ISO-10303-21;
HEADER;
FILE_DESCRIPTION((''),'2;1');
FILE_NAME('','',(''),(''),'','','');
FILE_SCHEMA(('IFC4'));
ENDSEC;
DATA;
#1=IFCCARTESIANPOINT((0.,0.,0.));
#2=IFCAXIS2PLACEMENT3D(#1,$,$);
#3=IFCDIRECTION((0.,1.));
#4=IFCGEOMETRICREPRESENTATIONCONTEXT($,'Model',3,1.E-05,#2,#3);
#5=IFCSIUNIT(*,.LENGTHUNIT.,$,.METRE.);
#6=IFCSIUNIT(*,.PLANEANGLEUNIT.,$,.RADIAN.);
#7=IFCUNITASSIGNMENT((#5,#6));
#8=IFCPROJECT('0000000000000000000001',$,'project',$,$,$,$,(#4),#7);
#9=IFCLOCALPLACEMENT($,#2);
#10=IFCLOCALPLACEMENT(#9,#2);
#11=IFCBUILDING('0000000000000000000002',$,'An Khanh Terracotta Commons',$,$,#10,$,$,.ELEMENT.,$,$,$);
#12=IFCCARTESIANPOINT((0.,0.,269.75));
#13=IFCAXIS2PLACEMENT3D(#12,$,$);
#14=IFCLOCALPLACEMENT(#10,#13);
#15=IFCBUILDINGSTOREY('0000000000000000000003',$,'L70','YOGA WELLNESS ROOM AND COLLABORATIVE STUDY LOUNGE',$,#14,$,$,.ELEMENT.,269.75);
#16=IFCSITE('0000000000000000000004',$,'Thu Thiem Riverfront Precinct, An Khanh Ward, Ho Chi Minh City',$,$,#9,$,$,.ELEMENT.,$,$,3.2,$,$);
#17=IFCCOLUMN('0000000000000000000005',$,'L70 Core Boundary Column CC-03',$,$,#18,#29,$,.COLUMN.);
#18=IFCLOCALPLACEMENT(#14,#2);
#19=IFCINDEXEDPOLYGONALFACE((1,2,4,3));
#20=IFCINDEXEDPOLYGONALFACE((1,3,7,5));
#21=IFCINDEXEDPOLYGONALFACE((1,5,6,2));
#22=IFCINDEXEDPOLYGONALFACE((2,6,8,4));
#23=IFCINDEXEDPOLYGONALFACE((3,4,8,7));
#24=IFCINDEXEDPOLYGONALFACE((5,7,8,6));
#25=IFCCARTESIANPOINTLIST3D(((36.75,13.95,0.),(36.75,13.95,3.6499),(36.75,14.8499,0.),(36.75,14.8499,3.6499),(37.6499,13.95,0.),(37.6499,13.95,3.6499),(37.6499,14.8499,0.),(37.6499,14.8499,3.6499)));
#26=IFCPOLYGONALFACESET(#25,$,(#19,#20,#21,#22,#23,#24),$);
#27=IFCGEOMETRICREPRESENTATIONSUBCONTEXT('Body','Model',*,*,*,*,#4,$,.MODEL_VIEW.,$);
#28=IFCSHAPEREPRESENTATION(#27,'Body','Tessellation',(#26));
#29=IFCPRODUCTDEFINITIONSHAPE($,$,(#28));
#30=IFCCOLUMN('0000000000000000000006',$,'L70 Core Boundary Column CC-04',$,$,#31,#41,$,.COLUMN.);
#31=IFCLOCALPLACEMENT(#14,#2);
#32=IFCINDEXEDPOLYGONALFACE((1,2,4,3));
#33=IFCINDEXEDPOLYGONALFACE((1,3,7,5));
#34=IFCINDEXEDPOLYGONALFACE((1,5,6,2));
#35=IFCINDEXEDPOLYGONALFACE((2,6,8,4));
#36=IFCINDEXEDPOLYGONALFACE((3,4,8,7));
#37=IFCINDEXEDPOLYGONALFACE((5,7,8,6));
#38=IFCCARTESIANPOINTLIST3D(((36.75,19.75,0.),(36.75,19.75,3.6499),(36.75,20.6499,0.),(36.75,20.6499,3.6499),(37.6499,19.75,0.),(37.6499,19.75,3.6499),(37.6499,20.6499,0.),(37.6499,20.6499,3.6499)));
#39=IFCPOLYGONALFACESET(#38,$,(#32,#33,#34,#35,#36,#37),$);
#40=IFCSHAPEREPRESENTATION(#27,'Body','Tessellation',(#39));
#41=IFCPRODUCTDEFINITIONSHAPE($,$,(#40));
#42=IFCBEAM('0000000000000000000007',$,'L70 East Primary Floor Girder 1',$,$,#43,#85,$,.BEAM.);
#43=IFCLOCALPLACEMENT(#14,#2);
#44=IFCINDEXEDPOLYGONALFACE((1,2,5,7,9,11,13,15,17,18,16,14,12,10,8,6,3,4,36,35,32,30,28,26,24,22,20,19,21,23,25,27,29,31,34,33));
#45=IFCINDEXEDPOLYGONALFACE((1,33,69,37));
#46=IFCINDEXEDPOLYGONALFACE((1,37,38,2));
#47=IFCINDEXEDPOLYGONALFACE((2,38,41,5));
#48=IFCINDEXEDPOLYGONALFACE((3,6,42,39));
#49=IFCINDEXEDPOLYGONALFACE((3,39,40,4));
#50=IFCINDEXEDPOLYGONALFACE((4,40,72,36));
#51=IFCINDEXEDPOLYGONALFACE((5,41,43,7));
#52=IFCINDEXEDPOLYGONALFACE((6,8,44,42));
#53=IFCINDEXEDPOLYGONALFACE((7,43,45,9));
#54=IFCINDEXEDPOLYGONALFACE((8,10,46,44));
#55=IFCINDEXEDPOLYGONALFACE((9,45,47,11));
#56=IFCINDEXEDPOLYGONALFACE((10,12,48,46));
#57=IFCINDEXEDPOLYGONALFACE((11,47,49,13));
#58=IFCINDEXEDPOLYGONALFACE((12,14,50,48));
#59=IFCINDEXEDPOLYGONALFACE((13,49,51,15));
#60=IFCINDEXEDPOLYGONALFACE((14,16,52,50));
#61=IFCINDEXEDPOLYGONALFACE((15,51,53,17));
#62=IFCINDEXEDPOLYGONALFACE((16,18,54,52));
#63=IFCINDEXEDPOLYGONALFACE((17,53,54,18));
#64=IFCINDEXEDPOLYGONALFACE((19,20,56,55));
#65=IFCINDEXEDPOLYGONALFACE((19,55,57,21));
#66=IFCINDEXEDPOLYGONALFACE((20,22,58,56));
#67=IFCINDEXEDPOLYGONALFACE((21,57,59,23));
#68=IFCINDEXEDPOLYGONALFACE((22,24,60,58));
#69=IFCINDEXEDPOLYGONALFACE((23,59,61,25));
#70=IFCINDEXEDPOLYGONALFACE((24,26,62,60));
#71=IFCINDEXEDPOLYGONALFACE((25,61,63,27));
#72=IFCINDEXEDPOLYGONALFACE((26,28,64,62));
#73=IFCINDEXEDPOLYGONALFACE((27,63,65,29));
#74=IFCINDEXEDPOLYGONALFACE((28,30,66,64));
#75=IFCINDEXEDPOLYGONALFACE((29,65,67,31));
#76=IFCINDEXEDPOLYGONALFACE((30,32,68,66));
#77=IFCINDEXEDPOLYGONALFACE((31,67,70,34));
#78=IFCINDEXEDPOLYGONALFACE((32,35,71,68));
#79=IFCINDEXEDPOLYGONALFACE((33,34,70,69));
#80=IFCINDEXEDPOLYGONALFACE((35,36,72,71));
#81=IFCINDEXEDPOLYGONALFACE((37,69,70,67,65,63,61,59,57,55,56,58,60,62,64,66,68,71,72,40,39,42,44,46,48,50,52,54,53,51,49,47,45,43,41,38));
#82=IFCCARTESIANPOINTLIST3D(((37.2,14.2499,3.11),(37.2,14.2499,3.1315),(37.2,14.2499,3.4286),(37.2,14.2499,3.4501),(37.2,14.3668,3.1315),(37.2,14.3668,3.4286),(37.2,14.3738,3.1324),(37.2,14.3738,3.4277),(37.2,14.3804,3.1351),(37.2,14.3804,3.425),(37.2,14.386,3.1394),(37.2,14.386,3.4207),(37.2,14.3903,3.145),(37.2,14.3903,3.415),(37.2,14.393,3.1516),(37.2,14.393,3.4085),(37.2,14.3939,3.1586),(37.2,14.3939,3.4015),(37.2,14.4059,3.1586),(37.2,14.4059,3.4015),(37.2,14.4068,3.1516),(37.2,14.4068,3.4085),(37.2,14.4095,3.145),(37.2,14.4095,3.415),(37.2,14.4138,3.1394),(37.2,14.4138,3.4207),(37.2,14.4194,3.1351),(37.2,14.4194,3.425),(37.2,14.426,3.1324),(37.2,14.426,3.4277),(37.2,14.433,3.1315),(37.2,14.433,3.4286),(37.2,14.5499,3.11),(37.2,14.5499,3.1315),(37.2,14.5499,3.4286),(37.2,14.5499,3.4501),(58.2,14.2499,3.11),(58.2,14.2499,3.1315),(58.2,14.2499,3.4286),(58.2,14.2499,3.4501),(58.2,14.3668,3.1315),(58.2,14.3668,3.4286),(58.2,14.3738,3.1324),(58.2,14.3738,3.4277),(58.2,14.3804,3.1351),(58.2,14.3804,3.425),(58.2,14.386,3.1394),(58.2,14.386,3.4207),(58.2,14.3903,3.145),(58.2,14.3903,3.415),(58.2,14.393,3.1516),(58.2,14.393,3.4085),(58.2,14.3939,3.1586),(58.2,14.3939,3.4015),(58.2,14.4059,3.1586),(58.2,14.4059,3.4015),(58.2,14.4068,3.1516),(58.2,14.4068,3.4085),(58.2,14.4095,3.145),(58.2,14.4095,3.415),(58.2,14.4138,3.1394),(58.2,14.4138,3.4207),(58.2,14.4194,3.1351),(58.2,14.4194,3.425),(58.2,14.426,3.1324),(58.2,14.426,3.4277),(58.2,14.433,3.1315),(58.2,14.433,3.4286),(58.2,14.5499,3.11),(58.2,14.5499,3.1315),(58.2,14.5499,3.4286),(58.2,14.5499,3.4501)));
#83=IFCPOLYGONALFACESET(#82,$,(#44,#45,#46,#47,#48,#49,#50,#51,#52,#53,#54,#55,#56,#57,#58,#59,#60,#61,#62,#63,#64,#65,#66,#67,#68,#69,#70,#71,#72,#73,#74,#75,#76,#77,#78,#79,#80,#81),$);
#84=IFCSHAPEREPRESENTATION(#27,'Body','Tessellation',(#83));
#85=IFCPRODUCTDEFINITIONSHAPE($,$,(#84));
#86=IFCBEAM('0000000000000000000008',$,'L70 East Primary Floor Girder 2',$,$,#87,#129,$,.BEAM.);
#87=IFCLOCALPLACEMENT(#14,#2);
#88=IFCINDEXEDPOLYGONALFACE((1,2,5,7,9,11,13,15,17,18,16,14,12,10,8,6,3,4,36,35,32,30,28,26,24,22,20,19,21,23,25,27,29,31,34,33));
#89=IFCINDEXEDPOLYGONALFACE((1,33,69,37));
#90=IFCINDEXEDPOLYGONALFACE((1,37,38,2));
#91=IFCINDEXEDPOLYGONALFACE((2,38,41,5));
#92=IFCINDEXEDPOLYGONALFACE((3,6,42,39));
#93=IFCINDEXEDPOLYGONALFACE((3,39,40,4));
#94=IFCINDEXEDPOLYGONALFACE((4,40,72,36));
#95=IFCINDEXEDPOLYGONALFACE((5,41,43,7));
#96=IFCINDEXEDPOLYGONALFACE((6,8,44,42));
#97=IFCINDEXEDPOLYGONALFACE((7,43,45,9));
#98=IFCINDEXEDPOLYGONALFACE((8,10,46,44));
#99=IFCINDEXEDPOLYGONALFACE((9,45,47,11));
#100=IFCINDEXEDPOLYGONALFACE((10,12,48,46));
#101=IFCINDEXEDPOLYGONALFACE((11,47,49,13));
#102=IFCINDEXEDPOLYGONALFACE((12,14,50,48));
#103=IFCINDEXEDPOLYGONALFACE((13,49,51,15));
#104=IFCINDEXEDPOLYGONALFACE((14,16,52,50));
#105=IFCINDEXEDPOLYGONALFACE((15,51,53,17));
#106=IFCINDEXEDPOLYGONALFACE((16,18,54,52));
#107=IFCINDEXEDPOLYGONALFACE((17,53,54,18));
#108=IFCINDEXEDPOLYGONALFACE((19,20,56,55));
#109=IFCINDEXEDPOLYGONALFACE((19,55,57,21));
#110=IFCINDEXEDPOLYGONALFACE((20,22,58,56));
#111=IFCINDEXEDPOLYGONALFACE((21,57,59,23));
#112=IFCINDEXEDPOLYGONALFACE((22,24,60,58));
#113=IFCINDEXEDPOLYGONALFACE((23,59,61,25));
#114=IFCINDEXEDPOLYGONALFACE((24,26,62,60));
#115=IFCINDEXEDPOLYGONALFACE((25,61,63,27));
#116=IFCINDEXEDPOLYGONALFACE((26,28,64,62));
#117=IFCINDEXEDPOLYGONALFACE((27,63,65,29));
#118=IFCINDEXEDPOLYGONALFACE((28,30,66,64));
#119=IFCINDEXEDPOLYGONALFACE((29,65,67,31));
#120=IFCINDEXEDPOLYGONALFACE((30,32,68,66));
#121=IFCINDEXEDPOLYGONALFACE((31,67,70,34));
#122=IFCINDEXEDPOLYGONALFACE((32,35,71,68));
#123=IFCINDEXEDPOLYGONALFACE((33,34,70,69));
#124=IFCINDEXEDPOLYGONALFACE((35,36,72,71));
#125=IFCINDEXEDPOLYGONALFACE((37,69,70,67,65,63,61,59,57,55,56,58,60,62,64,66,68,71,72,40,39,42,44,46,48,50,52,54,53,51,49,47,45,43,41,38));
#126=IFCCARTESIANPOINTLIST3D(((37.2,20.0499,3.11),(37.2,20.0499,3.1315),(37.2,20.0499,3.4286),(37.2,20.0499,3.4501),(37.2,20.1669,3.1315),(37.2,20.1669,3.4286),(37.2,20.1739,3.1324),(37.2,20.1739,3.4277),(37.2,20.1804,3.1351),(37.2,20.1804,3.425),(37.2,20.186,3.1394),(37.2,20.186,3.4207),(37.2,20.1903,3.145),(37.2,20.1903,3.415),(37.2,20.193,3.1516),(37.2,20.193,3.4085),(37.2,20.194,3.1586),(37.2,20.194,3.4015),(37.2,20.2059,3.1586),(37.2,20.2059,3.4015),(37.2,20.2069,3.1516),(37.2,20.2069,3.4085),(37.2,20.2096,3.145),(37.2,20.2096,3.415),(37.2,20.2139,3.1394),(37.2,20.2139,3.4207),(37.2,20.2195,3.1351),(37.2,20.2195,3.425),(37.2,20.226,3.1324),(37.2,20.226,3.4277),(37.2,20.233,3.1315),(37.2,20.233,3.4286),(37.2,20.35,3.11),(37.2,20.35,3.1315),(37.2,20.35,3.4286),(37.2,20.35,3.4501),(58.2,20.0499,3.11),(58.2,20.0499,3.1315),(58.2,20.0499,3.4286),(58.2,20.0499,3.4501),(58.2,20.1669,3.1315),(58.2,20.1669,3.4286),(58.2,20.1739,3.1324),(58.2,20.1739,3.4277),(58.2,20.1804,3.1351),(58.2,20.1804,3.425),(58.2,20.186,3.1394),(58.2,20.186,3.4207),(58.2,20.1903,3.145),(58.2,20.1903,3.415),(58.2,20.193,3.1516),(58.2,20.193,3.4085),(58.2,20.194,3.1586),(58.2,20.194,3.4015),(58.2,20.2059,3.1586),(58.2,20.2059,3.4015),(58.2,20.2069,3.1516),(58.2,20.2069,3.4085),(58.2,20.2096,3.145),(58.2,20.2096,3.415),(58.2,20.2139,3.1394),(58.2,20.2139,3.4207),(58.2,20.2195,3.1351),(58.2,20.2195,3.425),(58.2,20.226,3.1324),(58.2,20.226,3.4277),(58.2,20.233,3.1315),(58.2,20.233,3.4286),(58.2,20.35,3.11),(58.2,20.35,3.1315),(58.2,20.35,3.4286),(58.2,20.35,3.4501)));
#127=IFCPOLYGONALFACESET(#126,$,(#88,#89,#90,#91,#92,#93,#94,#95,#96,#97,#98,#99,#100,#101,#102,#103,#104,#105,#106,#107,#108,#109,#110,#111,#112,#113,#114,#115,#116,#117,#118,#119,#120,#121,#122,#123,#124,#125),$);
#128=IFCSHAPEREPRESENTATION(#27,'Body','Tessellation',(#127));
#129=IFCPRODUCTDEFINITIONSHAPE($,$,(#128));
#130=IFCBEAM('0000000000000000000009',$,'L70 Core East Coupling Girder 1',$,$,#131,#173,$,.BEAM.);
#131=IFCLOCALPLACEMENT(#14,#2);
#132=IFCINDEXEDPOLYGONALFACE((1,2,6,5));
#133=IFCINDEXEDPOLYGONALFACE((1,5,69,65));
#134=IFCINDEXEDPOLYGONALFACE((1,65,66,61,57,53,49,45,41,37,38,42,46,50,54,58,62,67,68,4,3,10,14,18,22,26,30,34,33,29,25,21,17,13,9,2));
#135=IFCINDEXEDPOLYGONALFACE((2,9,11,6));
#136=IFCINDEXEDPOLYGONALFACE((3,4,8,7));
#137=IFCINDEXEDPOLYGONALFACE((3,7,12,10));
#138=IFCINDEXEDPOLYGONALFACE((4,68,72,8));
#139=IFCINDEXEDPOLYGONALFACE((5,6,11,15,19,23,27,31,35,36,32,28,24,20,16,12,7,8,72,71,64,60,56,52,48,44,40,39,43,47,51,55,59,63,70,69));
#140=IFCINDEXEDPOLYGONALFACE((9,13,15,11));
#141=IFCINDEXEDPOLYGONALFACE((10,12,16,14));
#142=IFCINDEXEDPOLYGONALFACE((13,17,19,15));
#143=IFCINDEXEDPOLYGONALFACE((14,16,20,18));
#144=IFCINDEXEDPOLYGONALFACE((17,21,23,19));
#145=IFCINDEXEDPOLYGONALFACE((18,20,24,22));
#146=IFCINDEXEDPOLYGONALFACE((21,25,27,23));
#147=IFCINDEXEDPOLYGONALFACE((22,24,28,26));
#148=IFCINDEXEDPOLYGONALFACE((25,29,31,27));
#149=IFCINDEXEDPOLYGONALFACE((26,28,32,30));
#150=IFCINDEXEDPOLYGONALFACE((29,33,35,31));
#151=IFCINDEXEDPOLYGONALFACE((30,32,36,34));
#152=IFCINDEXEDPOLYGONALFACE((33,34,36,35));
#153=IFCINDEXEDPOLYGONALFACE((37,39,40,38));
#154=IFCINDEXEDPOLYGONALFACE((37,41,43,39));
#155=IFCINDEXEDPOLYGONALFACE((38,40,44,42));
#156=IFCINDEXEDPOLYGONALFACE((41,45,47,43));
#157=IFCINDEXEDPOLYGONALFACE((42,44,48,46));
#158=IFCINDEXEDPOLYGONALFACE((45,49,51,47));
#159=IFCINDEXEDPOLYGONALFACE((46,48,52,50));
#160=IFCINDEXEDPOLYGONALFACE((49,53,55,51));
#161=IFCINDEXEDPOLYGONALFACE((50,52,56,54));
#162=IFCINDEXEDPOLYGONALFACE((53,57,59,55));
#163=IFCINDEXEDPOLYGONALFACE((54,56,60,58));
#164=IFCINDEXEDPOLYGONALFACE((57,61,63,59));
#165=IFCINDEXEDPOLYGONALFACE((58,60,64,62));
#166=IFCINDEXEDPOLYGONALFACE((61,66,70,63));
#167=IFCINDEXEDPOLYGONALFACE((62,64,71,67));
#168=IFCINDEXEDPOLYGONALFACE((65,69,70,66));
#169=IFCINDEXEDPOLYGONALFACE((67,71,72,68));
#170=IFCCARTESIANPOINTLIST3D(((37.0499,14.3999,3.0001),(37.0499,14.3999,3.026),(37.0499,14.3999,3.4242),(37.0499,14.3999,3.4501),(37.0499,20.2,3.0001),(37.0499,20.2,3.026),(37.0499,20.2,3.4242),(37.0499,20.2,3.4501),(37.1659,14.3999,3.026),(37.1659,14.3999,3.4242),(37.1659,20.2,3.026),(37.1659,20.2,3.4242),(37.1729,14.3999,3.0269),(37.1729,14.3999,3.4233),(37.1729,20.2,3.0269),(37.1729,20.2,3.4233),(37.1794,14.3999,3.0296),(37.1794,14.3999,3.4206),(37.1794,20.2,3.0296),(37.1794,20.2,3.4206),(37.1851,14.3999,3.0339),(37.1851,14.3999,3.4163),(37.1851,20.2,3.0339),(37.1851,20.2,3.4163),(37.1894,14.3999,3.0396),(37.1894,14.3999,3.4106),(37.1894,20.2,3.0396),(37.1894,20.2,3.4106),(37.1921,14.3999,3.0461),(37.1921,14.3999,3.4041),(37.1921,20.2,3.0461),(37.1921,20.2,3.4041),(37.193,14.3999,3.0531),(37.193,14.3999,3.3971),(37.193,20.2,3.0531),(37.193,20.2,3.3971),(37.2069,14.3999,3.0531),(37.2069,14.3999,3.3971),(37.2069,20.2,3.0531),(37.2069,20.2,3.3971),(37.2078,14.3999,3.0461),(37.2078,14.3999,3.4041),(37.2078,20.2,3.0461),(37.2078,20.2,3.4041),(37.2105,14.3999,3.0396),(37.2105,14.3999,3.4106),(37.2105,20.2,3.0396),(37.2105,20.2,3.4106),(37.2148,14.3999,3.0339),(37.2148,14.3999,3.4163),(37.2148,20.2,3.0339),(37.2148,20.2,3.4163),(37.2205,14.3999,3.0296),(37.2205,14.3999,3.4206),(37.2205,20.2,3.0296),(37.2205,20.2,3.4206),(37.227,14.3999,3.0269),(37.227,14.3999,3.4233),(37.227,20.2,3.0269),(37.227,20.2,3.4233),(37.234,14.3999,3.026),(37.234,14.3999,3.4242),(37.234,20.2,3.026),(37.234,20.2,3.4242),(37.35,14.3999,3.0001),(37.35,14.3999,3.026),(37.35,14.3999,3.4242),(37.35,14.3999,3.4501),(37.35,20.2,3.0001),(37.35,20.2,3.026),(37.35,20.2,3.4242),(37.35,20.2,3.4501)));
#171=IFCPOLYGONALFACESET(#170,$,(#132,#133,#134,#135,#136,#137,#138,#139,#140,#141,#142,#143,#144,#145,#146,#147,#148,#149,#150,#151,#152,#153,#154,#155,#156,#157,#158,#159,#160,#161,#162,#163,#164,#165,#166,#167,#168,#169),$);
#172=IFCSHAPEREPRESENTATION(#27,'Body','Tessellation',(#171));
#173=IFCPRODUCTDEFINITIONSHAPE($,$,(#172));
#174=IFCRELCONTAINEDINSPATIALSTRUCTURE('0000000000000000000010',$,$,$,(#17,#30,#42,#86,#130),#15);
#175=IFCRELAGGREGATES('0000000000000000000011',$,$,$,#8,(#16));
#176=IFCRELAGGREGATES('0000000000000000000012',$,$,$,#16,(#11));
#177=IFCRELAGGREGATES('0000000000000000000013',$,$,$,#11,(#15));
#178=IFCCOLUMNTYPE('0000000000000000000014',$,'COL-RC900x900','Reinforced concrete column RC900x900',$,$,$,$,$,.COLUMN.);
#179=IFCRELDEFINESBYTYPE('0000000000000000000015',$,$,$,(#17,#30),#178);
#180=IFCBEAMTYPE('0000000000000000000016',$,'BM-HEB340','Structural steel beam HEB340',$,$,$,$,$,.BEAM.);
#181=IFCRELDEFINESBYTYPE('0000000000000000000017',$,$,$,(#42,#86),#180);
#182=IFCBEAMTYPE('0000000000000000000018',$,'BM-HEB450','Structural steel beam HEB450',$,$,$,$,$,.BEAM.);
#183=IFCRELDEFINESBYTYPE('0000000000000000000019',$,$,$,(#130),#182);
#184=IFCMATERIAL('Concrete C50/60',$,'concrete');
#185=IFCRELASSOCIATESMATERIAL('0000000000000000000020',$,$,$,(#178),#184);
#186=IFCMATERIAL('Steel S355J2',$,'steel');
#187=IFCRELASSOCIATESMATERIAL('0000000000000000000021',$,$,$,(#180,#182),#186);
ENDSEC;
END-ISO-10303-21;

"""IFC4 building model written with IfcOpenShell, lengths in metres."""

from ifc_helpers import new_model, si_unit, direction, frame, origin, origin_2d, place, context, subcontext, project, spatial, rectangle, i_section, extrude, material, material_profile, profile_set, type_object, element, save


model = new_model("IFC4")

# Units and contexts
model_context = context("Model", 3, precision=1e-05, world=origin(), true_north=direction((0.0, 1.0)))
body_context = subcontext(model_context, "Body", "Model", "MODEL_VIEW")
ifc_project = project(units=[si_unit("LENGTHUNIT", "METRE"), si_unit("PLANEANGLEUNIT", "RADIAN")], contexts=[model_context])

# Site, building, storey
site_placement = place(None, origin())
site = spatial("IfcSite", under=ifc_project, at=site_placement, Name="Thu Thiem Riverfront Precinct, An Khanh Ward, Ho Chi Minh City", CompositionType="ELEMENT", RefElevation=3.2)
building_placement = place(site_placement, origin())
building = spatial("IfcBuilding", under=site, at=building_placement, Name="An Khanh Terracotta Commons", CompositionType="ELEMENT")
storey_placement = place(building_placement, frame((0.0, 0.0, 269.75)))
storey = spatial("IfcBuildingStorey", under=building, at=storey_placement, Name="L70", Description="YOGA WELLNESS ROOM AND COLLABORATIVE STUDY LOUNGE", CompositionType="ELEMENT", Elevation=269.75)

# Columns
ifc_material_1 = material(Name="Concrete C50/60", Category="concrete")
ifc_material_profile_1 = material_profile(ifc_material_1, rectangle(XDim=0.8999, YDim=0.8999, at=origin_2d()), Name="RC900x900")
ifc_profile_set_1 = profile_set([ifc_material_profile_1], Name="Concrete C50/60")
column_type = type_object("IfcColumnType", Name="COL-RC900x900", Description="Reinforced concrete column RC900x900", PredefinedType="COLUMN", material=ifc_profile_set_1)
for number, where, z_axis, x_axis, name in (
    (1, (37.2, 14.3999, 0.0), (0.0, 0.0, 1.0), (1.0, 0.0, 0.0), "L70 Core Boundary Column CC-03"),
    (2, (37.2, 20.2, 0.0), (0.0, 0.0, 1.0), (1.0, 0.0, 0.0), "L70 Core Boundary Column CC-04"),
):
    element("IfcColumn", number, at=place(storey_placement, frame(where, z_axis=z_axis, x_axis=x_axis)), inside=storey, type_object=column_type, Name=name, PredefinedType="COLUMN", context=body_context, shape_type="SweptSolid", body=[
        extrude(rectangle(XDim=0.8999, YDim=0.8999, at=origin_2d()), origin(), (0.0, 0.0, 1.0), 3.6499),
    ])

# Beams
ifc_material_2 = material(Name="Steel S355J2", Category="steel")
ifc_material_profile_2 = material_profile(ifc_material_2, i_section(OverallWidth=0.3, OverallDepth=0.3401, WebThickness=0.012, FlangeThickness=0.0215, FilletRadius=0.0271, at=origin_2d()), Name="HEB340")
ifc_profile_set_2 = profile_set([ifc_material_profile_2], Name="Steel S355J2")
beam_type_1 = type_object("IfcBeamType", Name="BM-HEB340", Description="Structural steel beam HEB340", PredefinedType="BEAM", material=ifc_profile_set_2)
for number, where, z_axis, x_axis, name in (
    (3, (37.2, 14.3999, 3.28), (1.0, 0.0, 0.0), (0.0, 1.0, 0.0), "L70 East Primary Floor Girder 1"),
    (4, (37.2, 20.2, 3.28), (1.0, 0.0, 0.0), (0.0, 1.0, 0.0), "L70 East Primary Floor Girder 2"),
):
    element("IfcBeam", number, at=place(storey_placement, frame(where, z_axis=z_axis, x_axis=x_axis)), inside=storey, type_object=beam_type_1, Name=name, PredefinedType="BEAM", context=body_context, shape_type="SweptSolid", body=[
        extrude(i_section(OverallWidth=0.3, OverallDepth=0.3401, WebThickness=0.012, FlangeThickness=0.0215, FilletRadius=0.0271, at=origin_2d()), origin(), (0.0, 0.0, 1.0), 21.0),
    ])
ifc_material_profile_3 = material_profile(ifc_material_2, i_section(OverallWidth=0.3, OverallDepth=0.45, WebThickness=0.0139, FlangeThickness=0.0259, FilletRadius=0.0271, at=origin_2d()), Name="HEB450")
ifc_profile_set_3 = profile_set([ifc_material_profile_3], Name="Steel S355J2")
beam_type_2 = type_object("IfcBeamType", Name="BM-HEB450", Description="Structural steel beam HEB450", PredefinedType="BEAM", material=ifc_profile_set_3)
beam_1_placement = place(storey_placement, frame((37.2, 14.3999, 3.2251), z_axis=(0.0, 1.0, 0.0), x_axis=(-1.0, 0.0, 0.0)))
element("IfcBeam", 5, at=beam_1_placement, inside=storey, type_object=beam_type_2, Name="L70 Core East Coupling Girder 1", PredefinedType="BEAM", context=body_context, shape_type="SweptSolid", body=[
    extrude(i_section(OverallWidth=0.3, OverallDepth=0.45, WebThickness=0.0139, FlangeThickness=0.0259, FilletRadius=0.0271, at=origin_2d()), origin(), (0.0, 0.0, 1.0), 5.8),
])

save(model, "model.ifc")
